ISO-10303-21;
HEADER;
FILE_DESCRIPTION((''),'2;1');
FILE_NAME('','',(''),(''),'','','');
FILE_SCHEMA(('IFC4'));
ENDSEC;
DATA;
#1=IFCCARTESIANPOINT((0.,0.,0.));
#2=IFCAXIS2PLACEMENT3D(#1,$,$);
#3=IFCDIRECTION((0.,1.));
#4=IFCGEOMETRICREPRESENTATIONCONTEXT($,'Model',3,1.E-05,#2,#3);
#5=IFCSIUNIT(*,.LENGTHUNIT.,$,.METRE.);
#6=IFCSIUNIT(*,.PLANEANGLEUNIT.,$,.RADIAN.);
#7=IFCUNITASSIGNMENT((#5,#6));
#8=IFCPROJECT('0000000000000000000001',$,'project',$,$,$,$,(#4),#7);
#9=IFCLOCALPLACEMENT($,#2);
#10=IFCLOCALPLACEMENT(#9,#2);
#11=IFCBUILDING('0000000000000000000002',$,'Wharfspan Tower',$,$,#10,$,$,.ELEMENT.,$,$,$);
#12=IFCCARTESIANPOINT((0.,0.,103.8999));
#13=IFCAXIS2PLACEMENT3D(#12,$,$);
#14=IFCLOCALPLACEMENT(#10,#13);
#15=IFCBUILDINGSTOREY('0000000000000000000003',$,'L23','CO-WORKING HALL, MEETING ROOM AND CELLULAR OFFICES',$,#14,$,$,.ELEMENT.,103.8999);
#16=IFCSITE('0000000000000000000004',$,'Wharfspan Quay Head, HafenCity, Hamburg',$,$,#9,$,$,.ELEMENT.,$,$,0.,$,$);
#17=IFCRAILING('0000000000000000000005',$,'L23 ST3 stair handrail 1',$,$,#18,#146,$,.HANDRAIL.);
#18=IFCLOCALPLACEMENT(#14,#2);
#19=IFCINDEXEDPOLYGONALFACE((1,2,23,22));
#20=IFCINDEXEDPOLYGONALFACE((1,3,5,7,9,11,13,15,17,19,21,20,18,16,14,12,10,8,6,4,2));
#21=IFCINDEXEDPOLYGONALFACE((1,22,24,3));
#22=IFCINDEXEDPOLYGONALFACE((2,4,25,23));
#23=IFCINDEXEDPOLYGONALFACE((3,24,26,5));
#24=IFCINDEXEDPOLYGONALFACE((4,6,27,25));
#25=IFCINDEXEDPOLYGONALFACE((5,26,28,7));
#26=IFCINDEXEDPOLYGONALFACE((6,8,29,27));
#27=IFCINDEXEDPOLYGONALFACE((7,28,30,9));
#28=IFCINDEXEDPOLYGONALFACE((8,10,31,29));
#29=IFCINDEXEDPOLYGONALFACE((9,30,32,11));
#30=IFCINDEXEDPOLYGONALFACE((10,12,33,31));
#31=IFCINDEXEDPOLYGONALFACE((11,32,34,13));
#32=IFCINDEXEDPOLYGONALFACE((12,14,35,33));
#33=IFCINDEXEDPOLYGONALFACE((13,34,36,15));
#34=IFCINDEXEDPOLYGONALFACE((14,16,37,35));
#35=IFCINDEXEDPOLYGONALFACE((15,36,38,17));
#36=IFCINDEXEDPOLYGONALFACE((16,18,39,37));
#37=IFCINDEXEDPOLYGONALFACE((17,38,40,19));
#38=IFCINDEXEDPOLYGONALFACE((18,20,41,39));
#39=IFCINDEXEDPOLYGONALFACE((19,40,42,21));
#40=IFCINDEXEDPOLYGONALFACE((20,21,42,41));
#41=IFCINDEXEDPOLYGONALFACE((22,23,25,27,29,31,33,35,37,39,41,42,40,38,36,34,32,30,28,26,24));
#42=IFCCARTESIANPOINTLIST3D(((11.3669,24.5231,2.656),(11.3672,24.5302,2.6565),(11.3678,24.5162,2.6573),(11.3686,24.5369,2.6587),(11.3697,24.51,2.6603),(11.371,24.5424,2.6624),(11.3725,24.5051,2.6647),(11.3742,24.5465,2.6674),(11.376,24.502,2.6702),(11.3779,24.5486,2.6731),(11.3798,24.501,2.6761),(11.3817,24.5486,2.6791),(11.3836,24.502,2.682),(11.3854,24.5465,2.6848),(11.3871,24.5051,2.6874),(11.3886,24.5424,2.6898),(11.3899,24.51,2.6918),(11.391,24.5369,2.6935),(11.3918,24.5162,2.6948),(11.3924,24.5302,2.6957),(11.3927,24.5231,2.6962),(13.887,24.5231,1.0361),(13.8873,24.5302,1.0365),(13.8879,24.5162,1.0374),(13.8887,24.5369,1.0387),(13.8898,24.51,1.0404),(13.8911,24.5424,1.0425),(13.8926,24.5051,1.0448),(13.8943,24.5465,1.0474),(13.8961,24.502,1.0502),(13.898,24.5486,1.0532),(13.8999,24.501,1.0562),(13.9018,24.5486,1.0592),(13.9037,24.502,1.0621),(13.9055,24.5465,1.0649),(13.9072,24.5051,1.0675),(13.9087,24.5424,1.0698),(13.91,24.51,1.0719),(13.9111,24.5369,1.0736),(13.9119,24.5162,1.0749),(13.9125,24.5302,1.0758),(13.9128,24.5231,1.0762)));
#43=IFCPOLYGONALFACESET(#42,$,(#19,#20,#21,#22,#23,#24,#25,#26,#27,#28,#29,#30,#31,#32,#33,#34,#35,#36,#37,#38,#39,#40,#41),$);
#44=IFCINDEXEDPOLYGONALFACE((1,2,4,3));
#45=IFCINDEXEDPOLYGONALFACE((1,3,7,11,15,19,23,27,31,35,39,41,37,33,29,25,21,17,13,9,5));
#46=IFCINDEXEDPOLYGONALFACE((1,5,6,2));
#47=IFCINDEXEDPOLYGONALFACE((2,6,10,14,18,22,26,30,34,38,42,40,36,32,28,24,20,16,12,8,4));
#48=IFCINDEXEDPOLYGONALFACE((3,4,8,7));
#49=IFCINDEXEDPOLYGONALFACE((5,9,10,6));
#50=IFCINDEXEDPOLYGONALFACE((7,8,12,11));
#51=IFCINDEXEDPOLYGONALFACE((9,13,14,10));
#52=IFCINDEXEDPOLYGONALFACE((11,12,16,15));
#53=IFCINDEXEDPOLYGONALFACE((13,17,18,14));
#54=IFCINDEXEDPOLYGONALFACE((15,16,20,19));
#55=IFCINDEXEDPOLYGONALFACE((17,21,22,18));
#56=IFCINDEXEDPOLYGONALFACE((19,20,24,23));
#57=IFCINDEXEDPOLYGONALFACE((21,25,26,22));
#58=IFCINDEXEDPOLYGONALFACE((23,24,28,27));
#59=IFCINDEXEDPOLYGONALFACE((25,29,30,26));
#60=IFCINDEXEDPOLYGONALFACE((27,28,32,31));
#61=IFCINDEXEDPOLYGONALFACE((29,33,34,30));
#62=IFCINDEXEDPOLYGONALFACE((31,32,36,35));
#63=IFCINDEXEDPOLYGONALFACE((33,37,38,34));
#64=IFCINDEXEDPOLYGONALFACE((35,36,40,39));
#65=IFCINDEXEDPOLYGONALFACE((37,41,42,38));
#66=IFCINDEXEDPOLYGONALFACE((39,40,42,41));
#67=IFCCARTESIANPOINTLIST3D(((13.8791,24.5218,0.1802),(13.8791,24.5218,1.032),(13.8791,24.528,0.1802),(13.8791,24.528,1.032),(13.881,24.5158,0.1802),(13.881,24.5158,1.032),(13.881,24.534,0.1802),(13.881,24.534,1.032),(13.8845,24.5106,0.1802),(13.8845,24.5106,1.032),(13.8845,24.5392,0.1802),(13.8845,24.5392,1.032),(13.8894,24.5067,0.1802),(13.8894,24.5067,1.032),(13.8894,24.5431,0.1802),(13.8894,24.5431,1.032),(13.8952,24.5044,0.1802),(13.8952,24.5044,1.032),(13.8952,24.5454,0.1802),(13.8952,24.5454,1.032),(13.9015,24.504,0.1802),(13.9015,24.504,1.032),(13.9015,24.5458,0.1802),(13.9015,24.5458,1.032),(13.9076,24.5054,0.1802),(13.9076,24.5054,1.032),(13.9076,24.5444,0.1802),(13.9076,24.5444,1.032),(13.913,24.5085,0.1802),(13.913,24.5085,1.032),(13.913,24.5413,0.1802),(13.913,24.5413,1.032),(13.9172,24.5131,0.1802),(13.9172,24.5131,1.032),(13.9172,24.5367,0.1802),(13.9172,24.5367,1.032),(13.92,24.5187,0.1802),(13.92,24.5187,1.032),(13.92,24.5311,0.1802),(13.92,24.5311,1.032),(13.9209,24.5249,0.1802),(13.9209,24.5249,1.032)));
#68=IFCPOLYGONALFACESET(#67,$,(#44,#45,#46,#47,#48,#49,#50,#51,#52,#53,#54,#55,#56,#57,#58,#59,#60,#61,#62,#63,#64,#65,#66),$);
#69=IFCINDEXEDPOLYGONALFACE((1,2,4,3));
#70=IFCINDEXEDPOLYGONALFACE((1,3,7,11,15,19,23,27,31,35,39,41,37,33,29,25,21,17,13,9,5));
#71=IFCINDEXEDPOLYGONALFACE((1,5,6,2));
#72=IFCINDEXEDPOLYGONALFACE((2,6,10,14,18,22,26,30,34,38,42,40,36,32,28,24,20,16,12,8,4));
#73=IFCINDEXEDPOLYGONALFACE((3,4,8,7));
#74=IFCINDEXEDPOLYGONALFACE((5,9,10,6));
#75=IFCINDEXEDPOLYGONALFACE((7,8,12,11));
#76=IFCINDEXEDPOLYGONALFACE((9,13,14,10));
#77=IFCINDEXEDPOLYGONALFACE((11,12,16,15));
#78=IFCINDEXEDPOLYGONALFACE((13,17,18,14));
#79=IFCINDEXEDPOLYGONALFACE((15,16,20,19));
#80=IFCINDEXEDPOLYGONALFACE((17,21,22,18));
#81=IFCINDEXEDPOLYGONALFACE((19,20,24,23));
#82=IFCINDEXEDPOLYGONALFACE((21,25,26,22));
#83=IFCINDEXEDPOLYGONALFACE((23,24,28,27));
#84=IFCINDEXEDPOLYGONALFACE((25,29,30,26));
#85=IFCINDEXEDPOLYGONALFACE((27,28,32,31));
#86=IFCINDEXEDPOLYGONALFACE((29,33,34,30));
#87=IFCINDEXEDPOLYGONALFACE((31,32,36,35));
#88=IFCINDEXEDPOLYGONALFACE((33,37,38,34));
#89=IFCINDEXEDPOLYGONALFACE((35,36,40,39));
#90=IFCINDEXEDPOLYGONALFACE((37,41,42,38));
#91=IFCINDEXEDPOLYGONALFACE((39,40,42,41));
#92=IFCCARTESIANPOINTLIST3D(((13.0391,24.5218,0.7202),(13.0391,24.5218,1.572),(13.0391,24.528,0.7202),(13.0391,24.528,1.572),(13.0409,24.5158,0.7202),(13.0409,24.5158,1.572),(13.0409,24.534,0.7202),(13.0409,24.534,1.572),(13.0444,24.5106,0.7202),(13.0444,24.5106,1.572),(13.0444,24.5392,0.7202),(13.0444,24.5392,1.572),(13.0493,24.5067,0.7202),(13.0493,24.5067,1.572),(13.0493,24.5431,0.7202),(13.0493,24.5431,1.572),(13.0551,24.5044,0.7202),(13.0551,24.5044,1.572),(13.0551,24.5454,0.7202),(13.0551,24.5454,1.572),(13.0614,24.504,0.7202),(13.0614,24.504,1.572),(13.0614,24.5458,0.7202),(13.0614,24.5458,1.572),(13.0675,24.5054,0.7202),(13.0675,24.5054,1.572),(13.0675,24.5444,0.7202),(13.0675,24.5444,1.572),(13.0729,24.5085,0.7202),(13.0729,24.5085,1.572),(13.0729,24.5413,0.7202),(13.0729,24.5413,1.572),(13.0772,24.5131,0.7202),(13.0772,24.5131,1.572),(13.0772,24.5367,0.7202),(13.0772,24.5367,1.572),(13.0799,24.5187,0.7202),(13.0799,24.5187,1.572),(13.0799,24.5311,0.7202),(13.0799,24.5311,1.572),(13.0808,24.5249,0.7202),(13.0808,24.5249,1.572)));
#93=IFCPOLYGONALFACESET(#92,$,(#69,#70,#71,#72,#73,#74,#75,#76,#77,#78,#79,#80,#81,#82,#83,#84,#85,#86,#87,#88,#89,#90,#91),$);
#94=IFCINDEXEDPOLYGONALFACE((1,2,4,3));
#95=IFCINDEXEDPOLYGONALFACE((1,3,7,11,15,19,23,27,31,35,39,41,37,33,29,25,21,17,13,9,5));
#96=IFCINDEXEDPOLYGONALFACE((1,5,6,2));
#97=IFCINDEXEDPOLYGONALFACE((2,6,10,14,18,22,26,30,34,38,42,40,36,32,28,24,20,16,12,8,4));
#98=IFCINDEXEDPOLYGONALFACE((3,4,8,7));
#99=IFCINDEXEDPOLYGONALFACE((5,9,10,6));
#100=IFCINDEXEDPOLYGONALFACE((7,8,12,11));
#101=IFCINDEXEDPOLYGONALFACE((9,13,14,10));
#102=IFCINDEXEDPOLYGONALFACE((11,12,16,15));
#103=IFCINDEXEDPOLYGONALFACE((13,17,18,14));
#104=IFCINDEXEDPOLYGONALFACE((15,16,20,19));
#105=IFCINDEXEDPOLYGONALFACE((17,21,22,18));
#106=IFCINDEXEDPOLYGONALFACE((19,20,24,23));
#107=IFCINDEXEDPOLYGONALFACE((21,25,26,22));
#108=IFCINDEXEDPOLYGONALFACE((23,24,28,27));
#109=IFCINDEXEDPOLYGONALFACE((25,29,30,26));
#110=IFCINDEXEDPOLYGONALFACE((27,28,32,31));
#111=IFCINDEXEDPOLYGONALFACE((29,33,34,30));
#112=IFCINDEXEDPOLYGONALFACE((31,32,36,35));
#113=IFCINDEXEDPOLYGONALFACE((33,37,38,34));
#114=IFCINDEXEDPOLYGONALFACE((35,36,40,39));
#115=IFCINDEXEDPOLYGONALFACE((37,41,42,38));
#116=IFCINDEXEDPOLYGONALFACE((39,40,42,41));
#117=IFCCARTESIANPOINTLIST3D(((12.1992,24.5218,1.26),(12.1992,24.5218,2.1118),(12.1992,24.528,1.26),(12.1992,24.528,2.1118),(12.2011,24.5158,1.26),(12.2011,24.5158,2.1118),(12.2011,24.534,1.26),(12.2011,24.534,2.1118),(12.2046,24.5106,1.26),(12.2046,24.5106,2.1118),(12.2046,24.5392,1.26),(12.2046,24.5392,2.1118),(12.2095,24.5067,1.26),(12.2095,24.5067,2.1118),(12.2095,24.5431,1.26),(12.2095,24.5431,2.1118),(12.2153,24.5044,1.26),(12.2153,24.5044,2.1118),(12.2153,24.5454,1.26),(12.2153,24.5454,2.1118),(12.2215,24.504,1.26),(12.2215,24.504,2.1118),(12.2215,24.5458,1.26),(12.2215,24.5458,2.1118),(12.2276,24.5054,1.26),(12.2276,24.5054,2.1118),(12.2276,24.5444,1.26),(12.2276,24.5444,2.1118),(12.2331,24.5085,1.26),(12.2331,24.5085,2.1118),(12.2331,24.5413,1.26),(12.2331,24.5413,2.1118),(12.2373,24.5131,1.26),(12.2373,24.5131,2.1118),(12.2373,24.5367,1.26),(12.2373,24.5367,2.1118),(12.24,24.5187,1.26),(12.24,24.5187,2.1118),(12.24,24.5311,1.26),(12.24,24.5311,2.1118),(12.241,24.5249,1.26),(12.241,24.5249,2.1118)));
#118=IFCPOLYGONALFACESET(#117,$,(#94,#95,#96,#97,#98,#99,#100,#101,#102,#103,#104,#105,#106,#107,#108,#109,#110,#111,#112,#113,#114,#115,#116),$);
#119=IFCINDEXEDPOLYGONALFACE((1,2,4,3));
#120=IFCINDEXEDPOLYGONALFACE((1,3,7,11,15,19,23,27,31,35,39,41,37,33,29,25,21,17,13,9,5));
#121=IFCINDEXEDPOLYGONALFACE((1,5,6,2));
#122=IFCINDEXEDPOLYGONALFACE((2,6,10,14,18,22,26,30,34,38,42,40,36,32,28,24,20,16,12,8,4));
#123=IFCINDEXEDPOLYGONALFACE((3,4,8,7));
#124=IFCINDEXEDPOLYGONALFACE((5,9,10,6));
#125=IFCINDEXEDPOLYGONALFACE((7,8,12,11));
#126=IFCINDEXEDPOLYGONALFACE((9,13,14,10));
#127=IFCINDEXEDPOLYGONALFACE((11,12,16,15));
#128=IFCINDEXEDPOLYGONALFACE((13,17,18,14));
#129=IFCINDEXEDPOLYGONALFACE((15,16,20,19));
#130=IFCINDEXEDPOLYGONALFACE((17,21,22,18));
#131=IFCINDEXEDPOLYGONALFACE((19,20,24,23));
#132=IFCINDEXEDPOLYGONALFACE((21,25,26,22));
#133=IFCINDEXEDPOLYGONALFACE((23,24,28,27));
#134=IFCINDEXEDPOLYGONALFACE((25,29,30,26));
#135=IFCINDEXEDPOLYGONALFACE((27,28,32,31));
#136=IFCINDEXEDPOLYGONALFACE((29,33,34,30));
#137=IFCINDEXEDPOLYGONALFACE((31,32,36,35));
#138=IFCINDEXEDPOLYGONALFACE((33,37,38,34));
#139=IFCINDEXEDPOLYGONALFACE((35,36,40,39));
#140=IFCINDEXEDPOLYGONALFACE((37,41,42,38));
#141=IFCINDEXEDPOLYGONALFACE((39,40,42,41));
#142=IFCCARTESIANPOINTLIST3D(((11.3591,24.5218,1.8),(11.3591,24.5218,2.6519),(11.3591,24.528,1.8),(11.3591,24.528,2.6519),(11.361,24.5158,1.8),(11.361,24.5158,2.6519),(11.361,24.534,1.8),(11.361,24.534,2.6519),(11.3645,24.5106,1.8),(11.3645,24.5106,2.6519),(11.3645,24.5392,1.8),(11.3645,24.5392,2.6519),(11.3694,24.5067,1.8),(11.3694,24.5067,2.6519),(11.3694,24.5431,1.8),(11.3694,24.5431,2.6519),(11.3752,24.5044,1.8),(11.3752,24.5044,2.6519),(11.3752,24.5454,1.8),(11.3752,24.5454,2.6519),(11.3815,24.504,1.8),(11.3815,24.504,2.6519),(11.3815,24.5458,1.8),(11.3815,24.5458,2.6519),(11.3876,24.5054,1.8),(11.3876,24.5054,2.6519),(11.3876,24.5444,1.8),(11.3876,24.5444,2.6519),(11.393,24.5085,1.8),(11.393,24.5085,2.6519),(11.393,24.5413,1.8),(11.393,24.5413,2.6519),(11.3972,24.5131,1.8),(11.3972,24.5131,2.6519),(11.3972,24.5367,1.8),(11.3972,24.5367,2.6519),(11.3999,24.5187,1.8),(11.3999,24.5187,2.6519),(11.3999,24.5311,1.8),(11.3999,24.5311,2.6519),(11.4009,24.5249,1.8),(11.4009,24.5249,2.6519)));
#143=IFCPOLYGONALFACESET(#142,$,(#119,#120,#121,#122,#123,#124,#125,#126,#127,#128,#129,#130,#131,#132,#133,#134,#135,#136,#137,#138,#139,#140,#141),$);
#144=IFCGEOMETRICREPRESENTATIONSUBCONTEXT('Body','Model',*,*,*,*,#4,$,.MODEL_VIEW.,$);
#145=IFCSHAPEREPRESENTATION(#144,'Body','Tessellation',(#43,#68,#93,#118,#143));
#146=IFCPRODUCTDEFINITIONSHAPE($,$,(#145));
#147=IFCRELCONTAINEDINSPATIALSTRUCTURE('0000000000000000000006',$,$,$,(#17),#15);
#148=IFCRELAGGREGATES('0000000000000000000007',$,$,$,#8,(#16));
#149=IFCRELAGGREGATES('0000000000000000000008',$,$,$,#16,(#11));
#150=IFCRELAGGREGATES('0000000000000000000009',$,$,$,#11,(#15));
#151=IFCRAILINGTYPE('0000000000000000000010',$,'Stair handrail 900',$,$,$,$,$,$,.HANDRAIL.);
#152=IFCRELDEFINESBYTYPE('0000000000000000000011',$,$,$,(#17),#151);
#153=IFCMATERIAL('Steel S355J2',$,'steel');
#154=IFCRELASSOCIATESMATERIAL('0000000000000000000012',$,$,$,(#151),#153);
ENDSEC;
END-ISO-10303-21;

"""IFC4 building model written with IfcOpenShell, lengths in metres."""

from ifc_helpers import new_model, si_unit, direction, frame, origin, origin_2d, place, context, subcontext, project, spatial, circle, extrude, material, type_object, element, save


model = new_model("IFC4")

# Units and contexts
model_context = context("Model", 3, precision=1e-05, world=origin(), true_north=direction((0.0, 1.0)))
body_context = subcontext(model_context, "Body", "Model", "MODEL_VIEW")
ifc_project = project(units=[si_unit("LENGTHUNIT", "METRE"), si_unit("PLANEANGLEUNIT", "RADIAN")], contexts=[model_context])

# Site, building, storey
site_placement = place(None, origin())
site = spatial("IfcSite", under=ifc_project, at=site_placement, Name="Wharfspan Quay Head, HafenCity, Hamburg", CompositionType="ELEMENT", RefElevation=0.0)
building_placement = place(site_placement, origin())
building = spatial("IfcBuilding", under=site, at=building_placement, Name="Wharfspan Tower", CompositionType="ELEMENT")
storey_placement = place(building_placement, frame((0.0, 0.0, 103.8999)))
storey = spatial("IfcBuildingStorey", under=building, at=storey_placement, Name="L23", Description="CO-WORKING HALL, MEETING ROOM AND CELLULAR OFFICES", CompositionType="ELEMENT", Elevation=103.8999)

# Railing
ifc_material_1 = material(Name="Steel S355J2", Category="steel")
railing_type = type_object("IfcRailingType", Name="Stair handrail 900", PredefinedType="HANDRAIL", material=ifc_material_1)
railing_placement = place(storey_placement, frame((13.8999, 24.5249, 0.1802)))
element("IfcRailing", 1, at=railing_placement, inside=storey, type_object=railing_type, Name="L23 ST3 stair handrail 1", PredefinedType="HANDRAIL", context=body_context, shape_type="SweptSolid", body=[
    extrude(circle(Radius=0.0239, at=origin_2d()), frame((0.0, 0.0, 0.876), z_axis=(-0.8412, 0.0, 0.540725), x_axis=(0.0, -1.0, 0.0)), (0.0, 0.0, 1.0), 2.9958),
    extrude(circle(Radius=0.021, at=origin_2d()), origin(), (0.0, 0.0, 1.0), 0.8518),
    extrude(circle(Radius=0.021, at=origin_2d()), frame((-0.8401, 0.0, 0.54)), (0.0, 0.0, 1.0), 0.8518),
    extrude(circle(Radius=0.021, at=origin_2d()), frame((-1.6799, 0.0, 1.0798)), (0.0, 0.0, 1.0), 0.8518),
    extrude(circle(Radius=0.021, at=origin_2d()), frame((-2.52, 0.0, 1.6199)), (0.0, 0.0, 1.0), 0.8518),
])

save(model, "model.ifc")
